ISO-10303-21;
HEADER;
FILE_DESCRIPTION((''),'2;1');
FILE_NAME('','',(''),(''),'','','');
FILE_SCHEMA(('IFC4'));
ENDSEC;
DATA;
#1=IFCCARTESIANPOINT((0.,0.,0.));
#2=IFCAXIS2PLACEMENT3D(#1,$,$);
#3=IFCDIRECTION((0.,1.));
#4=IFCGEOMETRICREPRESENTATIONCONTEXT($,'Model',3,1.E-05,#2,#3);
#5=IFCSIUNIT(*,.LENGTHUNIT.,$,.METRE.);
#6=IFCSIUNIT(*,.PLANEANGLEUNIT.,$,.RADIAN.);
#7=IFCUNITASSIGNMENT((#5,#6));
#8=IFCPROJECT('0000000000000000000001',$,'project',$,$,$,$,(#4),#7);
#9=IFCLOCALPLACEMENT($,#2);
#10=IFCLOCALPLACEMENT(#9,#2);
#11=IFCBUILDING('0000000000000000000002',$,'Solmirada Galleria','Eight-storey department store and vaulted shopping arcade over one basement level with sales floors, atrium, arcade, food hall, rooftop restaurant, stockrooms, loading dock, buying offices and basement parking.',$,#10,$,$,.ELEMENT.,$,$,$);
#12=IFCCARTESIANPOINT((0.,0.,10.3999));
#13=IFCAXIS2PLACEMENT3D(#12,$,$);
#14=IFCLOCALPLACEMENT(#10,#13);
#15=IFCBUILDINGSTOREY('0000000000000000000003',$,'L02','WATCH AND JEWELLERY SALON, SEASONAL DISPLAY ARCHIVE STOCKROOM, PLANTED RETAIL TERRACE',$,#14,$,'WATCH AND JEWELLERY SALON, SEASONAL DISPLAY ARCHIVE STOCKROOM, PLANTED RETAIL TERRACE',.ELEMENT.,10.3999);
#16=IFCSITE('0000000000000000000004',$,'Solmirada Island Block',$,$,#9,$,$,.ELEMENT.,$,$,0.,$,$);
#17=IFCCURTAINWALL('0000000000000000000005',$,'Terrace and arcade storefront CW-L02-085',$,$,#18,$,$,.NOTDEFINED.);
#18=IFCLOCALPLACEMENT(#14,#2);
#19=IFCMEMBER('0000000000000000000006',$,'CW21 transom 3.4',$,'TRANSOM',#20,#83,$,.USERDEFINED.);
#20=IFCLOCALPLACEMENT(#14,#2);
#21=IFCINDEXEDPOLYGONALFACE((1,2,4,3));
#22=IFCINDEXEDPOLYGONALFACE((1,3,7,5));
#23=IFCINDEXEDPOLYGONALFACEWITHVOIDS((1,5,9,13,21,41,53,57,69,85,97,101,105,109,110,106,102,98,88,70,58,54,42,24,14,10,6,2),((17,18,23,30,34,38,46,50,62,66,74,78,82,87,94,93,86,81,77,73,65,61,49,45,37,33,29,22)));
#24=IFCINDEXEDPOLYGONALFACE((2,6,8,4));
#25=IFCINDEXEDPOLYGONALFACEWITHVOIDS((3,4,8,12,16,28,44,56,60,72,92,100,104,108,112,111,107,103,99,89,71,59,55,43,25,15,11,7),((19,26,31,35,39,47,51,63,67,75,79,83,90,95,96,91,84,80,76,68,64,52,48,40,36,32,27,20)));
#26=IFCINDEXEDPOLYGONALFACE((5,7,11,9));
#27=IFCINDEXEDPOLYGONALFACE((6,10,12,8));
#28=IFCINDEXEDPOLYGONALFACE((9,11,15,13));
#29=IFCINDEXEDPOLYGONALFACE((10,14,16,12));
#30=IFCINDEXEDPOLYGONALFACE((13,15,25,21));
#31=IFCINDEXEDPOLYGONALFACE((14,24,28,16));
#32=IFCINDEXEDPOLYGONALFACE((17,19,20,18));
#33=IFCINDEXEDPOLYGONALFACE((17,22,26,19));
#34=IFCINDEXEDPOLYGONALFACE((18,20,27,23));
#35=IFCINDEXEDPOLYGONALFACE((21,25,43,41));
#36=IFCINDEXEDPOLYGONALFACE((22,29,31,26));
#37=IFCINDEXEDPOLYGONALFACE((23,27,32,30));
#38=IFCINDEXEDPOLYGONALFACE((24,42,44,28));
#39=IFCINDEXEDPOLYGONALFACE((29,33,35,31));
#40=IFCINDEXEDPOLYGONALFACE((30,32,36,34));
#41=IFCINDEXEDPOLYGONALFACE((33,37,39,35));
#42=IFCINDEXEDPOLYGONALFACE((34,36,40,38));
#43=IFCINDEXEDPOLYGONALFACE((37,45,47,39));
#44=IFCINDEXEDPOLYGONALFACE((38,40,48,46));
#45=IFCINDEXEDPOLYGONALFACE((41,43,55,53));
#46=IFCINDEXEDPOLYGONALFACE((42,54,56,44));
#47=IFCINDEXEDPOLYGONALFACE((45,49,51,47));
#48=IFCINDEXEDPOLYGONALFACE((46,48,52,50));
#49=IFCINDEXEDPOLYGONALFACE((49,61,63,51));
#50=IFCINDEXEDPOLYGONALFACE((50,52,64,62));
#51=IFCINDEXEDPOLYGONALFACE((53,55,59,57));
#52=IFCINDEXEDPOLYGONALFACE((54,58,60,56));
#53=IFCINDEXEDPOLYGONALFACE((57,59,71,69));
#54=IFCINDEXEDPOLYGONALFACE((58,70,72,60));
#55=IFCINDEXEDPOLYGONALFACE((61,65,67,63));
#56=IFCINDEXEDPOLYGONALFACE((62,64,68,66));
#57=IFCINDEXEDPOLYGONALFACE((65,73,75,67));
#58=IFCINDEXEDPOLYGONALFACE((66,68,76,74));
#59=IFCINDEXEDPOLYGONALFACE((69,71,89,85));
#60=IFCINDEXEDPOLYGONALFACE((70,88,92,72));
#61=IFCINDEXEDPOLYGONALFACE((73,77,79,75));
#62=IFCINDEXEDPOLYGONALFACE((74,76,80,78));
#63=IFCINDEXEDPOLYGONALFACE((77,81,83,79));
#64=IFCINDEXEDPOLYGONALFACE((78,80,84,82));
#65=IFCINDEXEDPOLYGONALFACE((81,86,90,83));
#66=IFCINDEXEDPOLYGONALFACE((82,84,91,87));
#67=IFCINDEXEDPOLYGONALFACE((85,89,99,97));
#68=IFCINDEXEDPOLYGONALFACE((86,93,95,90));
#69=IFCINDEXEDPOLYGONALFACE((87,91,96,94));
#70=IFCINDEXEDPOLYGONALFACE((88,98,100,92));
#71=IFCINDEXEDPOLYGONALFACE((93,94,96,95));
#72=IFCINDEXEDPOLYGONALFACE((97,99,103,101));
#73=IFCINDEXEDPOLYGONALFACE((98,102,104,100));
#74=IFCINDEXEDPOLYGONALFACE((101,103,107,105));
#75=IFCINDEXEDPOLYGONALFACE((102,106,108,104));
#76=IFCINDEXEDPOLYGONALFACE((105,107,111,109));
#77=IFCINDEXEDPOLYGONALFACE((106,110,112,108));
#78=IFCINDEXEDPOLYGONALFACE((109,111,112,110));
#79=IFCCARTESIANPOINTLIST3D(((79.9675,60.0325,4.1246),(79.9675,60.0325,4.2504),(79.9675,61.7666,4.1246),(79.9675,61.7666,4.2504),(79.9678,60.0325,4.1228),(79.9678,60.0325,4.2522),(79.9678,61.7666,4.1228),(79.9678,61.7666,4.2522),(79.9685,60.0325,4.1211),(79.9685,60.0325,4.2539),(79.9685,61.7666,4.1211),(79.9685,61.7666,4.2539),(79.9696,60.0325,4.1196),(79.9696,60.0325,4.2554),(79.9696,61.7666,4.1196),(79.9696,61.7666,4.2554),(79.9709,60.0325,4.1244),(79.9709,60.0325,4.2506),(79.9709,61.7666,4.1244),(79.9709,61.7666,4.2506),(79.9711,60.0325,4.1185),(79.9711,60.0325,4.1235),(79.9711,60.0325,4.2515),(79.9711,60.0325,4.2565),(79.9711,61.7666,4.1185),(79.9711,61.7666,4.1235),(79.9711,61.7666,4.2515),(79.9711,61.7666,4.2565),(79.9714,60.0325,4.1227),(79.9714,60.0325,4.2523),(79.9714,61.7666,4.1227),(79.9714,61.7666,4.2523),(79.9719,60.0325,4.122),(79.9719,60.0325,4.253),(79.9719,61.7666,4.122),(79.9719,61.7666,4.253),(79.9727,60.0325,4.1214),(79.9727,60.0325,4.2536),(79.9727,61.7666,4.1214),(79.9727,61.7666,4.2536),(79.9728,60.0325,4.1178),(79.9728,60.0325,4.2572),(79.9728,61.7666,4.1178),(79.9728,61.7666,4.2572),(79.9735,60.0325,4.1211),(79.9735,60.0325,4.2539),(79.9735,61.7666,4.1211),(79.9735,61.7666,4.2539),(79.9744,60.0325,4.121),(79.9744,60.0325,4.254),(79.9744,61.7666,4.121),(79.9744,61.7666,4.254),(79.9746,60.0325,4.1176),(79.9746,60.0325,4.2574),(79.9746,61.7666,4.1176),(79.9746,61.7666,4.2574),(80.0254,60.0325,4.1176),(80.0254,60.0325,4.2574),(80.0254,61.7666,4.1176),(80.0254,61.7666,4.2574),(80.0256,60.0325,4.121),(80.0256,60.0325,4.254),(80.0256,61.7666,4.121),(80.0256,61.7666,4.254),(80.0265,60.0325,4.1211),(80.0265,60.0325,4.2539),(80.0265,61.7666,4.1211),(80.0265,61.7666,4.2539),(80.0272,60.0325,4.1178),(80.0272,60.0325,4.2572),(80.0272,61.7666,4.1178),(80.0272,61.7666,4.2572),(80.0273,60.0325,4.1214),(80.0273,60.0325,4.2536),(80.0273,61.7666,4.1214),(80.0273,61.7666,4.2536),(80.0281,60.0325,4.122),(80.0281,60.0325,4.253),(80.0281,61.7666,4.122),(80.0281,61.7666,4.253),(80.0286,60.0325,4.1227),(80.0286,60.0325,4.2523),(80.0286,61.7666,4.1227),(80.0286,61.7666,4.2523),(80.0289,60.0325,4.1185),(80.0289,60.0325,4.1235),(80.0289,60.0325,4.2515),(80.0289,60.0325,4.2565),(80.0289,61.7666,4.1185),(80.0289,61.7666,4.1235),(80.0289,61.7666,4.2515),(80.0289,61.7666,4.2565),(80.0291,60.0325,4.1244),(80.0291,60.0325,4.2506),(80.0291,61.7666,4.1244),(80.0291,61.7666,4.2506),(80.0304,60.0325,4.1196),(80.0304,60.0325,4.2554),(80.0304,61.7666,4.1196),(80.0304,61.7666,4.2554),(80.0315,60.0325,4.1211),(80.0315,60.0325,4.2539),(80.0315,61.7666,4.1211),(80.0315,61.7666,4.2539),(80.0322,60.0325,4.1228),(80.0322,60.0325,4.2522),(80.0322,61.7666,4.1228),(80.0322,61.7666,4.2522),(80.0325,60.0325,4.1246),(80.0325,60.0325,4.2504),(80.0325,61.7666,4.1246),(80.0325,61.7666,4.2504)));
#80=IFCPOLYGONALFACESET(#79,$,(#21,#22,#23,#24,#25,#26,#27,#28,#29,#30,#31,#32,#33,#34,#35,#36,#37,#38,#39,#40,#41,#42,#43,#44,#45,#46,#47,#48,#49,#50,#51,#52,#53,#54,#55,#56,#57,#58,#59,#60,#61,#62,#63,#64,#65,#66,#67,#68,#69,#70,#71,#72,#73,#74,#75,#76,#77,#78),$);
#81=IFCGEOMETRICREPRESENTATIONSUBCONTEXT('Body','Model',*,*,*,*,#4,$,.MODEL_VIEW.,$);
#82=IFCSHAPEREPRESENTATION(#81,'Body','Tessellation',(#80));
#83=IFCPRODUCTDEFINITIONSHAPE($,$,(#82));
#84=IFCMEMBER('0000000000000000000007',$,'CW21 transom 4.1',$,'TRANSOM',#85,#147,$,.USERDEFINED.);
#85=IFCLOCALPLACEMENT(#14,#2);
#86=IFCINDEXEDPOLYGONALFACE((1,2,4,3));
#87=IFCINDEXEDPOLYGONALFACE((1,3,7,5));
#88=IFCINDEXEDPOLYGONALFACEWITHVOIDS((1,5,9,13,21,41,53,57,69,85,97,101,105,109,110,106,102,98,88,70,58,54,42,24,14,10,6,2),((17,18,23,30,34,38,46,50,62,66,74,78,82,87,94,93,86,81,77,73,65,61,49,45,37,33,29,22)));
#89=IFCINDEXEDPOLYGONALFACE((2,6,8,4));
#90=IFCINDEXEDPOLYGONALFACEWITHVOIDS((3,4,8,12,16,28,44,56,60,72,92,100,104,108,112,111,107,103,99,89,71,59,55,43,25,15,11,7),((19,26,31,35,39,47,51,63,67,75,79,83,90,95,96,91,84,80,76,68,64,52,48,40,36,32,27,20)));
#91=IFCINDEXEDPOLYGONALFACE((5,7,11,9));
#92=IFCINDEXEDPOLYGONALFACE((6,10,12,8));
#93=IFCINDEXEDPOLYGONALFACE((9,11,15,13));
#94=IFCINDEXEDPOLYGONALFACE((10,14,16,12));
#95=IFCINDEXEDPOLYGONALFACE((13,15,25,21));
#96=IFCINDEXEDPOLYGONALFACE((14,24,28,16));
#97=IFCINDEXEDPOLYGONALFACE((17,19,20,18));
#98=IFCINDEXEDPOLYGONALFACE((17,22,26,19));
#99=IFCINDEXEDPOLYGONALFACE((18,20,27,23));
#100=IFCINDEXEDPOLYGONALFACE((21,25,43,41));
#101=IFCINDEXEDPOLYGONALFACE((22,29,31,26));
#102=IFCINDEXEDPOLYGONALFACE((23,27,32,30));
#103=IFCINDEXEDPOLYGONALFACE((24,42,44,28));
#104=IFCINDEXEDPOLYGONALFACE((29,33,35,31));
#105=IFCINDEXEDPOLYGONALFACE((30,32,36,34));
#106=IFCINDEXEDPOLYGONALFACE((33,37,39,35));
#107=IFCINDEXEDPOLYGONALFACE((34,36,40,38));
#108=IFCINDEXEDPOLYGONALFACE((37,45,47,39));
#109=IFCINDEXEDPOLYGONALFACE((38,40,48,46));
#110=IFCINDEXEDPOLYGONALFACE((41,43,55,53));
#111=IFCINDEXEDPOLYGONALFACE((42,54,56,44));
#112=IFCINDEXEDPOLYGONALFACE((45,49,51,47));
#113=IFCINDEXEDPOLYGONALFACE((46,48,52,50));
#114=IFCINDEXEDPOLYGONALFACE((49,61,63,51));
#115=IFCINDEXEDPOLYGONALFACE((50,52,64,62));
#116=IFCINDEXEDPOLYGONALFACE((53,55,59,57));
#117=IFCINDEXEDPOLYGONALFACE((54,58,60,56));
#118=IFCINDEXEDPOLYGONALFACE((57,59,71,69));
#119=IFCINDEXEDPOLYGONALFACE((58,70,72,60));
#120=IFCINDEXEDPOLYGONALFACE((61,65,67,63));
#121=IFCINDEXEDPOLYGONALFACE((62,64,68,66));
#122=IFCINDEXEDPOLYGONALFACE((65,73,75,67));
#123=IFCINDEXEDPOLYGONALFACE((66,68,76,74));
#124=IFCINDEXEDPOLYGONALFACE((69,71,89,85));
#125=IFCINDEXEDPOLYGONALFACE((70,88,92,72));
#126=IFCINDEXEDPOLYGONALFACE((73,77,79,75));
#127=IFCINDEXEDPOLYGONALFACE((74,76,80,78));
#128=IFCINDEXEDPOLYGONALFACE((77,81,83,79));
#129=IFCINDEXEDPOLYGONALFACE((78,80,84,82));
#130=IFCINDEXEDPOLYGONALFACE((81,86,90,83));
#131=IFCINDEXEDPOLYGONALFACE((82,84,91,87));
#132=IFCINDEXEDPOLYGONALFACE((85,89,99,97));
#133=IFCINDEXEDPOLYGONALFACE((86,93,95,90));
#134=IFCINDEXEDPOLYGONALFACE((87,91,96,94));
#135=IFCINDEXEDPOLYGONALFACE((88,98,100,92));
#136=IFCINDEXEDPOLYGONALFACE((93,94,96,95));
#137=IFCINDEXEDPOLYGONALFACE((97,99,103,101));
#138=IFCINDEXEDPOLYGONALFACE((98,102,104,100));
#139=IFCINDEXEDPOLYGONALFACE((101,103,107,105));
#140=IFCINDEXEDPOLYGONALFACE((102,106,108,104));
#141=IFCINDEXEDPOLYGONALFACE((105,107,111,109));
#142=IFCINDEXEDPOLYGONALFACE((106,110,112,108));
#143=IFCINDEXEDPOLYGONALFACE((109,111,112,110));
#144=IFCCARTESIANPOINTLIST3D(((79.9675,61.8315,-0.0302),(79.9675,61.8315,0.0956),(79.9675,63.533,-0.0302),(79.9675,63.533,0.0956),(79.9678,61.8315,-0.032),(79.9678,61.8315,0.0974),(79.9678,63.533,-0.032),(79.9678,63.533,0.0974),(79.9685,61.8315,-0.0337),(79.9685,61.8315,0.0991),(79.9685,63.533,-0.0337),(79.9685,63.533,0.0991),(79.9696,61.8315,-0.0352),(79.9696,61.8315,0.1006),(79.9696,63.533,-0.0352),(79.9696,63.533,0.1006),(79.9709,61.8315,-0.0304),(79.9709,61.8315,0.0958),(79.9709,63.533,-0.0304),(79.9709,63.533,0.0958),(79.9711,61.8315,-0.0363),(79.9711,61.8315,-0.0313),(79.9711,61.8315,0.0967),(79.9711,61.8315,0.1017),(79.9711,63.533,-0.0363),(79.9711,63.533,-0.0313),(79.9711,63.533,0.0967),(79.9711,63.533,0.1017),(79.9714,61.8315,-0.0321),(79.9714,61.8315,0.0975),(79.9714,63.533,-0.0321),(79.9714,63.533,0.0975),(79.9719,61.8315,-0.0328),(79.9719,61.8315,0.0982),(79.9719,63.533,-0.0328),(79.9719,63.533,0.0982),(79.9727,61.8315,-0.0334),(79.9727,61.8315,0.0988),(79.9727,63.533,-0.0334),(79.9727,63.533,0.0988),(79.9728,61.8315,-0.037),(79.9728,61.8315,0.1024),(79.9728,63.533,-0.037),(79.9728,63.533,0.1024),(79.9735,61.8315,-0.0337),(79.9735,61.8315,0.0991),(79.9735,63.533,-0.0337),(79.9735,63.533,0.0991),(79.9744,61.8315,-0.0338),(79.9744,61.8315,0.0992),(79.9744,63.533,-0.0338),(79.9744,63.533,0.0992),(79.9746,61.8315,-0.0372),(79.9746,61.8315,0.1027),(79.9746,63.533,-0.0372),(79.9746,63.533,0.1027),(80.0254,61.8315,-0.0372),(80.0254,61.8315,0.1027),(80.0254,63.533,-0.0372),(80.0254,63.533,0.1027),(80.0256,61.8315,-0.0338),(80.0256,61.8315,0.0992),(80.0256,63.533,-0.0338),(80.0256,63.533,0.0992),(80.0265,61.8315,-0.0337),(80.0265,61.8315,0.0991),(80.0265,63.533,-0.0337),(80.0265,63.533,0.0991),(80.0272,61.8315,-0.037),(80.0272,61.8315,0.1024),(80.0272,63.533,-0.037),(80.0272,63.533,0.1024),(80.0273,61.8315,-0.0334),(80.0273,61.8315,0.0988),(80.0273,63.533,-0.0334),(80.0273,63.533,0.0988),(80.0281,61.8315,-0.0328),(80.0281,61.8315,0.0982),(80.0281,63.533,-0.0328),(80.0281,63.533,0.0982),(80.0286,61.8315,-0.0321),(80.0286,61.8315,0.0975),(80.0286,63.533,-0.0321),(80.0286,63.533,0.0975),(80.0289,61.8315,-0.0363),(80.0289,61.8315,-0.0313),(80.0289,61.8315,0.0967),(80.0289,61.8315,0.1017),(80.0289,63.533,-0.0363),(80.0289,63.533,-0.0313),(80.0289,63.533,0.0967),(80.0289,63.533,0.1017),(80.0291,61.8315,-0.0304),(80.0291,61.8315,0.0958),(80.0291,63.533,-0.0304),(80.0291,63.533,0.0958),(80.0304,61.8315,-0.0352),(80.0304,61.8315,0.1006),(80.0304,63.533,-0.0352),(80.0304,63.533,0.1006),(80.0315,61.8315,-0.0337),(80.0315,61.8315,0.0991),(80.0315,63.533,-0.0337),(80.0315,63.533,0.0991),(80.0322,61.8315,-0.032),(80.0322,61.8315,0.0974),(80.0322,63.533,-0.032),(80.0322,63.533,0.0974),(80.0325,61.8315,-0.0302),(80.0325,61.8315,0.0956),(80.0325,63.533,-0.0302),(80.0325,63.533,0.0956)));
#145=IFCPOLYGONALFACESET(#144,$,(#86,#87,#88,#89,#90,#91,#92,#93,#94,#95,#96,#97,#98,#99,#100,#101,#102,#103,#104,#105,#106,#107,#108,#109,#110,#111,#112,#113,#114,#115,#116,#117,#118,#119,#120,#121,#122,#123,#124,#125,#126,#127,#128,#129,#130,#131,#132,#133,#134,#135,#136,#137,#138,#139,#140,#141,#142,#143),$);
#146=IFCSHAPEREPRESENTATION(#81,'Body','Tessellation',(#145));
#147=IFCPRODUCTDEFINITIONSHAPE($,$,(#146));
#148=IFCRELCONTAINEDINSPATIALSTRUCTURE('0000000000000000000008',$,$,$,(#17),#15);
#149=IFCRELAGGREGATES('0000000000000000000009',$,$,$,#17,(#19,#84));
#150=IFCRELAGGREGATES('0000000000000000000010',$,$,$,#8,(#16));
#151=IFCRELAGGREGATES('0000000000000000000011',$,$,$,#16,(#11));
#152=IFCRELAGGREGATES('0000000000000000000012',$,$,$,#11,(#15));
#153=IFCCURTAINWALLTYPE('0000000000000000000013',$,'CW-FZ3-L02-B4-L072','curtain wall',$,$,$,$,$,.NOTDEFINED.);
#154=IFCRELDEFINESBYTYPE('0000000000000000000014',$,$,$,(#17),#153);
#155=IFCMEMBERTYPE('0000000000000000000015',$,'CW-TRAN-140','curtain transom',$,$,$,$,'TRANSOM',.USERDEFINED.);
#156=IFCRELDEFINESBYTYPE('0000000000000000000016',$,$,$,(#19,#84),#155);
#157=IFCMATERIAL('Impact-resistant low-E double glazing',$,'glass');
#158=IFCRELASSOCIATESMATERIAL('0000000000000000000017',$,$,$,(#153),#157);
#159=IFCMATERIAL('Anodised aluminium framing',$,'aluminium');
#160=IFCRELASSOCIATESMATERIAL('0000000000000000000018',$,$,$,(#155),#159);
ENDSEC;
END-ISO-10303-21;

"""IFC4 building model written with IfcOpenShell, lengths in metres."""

from ifc_helpers import new_model, si_unit, direction, frame, origin, origin_2d, place, context, subcontext, project, spatial, hollow_rectangle, extrude, material, material_profile, profile_set, type_object, element, aggregate, save


model = new_model("IFC4")

# Units and contexts
model_context = context("Model", 3, precision=1e-05, world=origin(), true_north=direction((0.0, 1.0)))
body_context = subcontext(model_context, "Body", "Model", "MODEL_VIEW")
ifc_project = project(units=[si_unit("LENGTHUNIT", "METRE"), si_unit("PLANEANGLEUNIT", "RADIAN")], contexts=[model_context])

# Site, building, storey
site_placement = place(None, origin())
site = spatial("IfcSite", under=ifc_project, at=site_placement, Name="Solmirada Island Block", CompositionType="ELEMENT", RefElevation=0.0)
building_placement = place(site_placement, origin())
building = spatial("IfcBuilding", under=site, at=building_placement, Name="Solmirada Galleria", Description="Eight-storey department store and vaulted shopping arcade over one basement level with sales floors, atrium, arcade, food hall, rooftop restaurant, stockrooms, loading dock, buying offices and basement parking.", CompositionType="ELEMENT")
storey_placement = place(building_placement, frame((0.0, 0.0, 10.3999)))
storey = spatial("IfcBuildingStorey", under=building, at=storey_placement, Name="L02", Description="WATCH AND JEWELLERY SALON, SEASONAL DISPLAY ARCHIVE STOCKROOM, PLANTED RETAIL TERRACE", LongName="WATCH AND JEWELLERY SALON, SEASONAL DISPLAY ARCHIVE STOCKROOM, PLANTED RETAIL TERRACE", CompositionType="ELEMENT", Elevation=10.3999)

# Shared definitions
ifc_material_1 = material(Name="Impact-resistant low-E double glazing", Category="glass")
curtain_wall_type = type_object("IfcCurtainWallType", Name="CW-FZ3-L02-B4-L072", Description="curtain wall", PredefinedType="NOTDEFINED", material=ifc_material_1)
ifc_material_2 = material(Name="Anodised aluminium framing", Category="aluminium")

# Curtain wall
curtain_wall_1_placement = place(storey_placement, origin())
curtain_wall_1 = element("IfcCurtainWall", 1, at=curtain_wall_1_placement, inside=storey, type_object=curtain_wall_type, Name="Terrace and arcade storefront CW-L02-085", PredefinedType="NOTDEFINED")

# Members
ifc_material_profile_1 = material_profile(ifc_material_2, hollow_rectangle(XDim=0.0649, YDim=0.1399, WallThickness=0.0034, InnerFilletRadius=0.0034, OuterFilletRadius=0.0071, at=origin_2d()), Name="ALU-TRAN-140X65")
ifc_profile_set_1 = profile_set([ifc_material_profile_1], Name="Anodised aluminium framing")
member_type_1 = type_object("IfcMemberType", Name="CW-TRAN-140", Description="curtain transom", ElementType="TRANSOM", PredefinedType="USERDEFINED", material=ifc_profile_set_1)
member_1_placement = place(storey_placement, frame((80.0, 60.0325, 4.1875), z_axis=(0.0, 1.0, 0.0), x_axis=(-1.0, 0.0, 0.0)))
member_1 = element("IfcMember", 2, at=member_1_placement, type_object=member_type_1, Name="CW21 transom 3.4", ObjectType="TRANSOM", PredefinedType="USERDEFINED", context=body_context, shape_type="SweptSolid", body=[
    extrude(hollow_rectangle(XDim=0.0649, YDim=0.1399, WallThickness=0.0034, InnerFilletRadius=0.0034, OuterFilletRadius=0.0071, at=origin_2d()), origin(), (0.0, 0.0, 1.0), 1.7341),
])
member_2_placement = place(storey_placement, frame((80.0, 61.8315, 0.0327), z_axis=(0.0, 1.0, 0.0), x_axis=(-1.0, 0.0, 0.0)))
member_2 = element("IfcMember", 3, at=member_2_placement, type_object=member_type_1, Name="CW21 transom 4.1", ObjectType="TRANSOM", PredefinedType="USERDEFINED", context=body_context, shape_type="SweptSolid", body=[
    extrude(hollow_rectangle(XDim=0.0649, YDim=0.1399, WallThickness=0.0034, InnerFilletRadius=0.0034, OuterFilletRadius=0.0071, at=origin_2d()), origin(), (0.0, 0.0, 1.0), 1.7014),
])

aggregate(curtain_wall_1, [member_1, member_2])

save(model, "model.ifc")
